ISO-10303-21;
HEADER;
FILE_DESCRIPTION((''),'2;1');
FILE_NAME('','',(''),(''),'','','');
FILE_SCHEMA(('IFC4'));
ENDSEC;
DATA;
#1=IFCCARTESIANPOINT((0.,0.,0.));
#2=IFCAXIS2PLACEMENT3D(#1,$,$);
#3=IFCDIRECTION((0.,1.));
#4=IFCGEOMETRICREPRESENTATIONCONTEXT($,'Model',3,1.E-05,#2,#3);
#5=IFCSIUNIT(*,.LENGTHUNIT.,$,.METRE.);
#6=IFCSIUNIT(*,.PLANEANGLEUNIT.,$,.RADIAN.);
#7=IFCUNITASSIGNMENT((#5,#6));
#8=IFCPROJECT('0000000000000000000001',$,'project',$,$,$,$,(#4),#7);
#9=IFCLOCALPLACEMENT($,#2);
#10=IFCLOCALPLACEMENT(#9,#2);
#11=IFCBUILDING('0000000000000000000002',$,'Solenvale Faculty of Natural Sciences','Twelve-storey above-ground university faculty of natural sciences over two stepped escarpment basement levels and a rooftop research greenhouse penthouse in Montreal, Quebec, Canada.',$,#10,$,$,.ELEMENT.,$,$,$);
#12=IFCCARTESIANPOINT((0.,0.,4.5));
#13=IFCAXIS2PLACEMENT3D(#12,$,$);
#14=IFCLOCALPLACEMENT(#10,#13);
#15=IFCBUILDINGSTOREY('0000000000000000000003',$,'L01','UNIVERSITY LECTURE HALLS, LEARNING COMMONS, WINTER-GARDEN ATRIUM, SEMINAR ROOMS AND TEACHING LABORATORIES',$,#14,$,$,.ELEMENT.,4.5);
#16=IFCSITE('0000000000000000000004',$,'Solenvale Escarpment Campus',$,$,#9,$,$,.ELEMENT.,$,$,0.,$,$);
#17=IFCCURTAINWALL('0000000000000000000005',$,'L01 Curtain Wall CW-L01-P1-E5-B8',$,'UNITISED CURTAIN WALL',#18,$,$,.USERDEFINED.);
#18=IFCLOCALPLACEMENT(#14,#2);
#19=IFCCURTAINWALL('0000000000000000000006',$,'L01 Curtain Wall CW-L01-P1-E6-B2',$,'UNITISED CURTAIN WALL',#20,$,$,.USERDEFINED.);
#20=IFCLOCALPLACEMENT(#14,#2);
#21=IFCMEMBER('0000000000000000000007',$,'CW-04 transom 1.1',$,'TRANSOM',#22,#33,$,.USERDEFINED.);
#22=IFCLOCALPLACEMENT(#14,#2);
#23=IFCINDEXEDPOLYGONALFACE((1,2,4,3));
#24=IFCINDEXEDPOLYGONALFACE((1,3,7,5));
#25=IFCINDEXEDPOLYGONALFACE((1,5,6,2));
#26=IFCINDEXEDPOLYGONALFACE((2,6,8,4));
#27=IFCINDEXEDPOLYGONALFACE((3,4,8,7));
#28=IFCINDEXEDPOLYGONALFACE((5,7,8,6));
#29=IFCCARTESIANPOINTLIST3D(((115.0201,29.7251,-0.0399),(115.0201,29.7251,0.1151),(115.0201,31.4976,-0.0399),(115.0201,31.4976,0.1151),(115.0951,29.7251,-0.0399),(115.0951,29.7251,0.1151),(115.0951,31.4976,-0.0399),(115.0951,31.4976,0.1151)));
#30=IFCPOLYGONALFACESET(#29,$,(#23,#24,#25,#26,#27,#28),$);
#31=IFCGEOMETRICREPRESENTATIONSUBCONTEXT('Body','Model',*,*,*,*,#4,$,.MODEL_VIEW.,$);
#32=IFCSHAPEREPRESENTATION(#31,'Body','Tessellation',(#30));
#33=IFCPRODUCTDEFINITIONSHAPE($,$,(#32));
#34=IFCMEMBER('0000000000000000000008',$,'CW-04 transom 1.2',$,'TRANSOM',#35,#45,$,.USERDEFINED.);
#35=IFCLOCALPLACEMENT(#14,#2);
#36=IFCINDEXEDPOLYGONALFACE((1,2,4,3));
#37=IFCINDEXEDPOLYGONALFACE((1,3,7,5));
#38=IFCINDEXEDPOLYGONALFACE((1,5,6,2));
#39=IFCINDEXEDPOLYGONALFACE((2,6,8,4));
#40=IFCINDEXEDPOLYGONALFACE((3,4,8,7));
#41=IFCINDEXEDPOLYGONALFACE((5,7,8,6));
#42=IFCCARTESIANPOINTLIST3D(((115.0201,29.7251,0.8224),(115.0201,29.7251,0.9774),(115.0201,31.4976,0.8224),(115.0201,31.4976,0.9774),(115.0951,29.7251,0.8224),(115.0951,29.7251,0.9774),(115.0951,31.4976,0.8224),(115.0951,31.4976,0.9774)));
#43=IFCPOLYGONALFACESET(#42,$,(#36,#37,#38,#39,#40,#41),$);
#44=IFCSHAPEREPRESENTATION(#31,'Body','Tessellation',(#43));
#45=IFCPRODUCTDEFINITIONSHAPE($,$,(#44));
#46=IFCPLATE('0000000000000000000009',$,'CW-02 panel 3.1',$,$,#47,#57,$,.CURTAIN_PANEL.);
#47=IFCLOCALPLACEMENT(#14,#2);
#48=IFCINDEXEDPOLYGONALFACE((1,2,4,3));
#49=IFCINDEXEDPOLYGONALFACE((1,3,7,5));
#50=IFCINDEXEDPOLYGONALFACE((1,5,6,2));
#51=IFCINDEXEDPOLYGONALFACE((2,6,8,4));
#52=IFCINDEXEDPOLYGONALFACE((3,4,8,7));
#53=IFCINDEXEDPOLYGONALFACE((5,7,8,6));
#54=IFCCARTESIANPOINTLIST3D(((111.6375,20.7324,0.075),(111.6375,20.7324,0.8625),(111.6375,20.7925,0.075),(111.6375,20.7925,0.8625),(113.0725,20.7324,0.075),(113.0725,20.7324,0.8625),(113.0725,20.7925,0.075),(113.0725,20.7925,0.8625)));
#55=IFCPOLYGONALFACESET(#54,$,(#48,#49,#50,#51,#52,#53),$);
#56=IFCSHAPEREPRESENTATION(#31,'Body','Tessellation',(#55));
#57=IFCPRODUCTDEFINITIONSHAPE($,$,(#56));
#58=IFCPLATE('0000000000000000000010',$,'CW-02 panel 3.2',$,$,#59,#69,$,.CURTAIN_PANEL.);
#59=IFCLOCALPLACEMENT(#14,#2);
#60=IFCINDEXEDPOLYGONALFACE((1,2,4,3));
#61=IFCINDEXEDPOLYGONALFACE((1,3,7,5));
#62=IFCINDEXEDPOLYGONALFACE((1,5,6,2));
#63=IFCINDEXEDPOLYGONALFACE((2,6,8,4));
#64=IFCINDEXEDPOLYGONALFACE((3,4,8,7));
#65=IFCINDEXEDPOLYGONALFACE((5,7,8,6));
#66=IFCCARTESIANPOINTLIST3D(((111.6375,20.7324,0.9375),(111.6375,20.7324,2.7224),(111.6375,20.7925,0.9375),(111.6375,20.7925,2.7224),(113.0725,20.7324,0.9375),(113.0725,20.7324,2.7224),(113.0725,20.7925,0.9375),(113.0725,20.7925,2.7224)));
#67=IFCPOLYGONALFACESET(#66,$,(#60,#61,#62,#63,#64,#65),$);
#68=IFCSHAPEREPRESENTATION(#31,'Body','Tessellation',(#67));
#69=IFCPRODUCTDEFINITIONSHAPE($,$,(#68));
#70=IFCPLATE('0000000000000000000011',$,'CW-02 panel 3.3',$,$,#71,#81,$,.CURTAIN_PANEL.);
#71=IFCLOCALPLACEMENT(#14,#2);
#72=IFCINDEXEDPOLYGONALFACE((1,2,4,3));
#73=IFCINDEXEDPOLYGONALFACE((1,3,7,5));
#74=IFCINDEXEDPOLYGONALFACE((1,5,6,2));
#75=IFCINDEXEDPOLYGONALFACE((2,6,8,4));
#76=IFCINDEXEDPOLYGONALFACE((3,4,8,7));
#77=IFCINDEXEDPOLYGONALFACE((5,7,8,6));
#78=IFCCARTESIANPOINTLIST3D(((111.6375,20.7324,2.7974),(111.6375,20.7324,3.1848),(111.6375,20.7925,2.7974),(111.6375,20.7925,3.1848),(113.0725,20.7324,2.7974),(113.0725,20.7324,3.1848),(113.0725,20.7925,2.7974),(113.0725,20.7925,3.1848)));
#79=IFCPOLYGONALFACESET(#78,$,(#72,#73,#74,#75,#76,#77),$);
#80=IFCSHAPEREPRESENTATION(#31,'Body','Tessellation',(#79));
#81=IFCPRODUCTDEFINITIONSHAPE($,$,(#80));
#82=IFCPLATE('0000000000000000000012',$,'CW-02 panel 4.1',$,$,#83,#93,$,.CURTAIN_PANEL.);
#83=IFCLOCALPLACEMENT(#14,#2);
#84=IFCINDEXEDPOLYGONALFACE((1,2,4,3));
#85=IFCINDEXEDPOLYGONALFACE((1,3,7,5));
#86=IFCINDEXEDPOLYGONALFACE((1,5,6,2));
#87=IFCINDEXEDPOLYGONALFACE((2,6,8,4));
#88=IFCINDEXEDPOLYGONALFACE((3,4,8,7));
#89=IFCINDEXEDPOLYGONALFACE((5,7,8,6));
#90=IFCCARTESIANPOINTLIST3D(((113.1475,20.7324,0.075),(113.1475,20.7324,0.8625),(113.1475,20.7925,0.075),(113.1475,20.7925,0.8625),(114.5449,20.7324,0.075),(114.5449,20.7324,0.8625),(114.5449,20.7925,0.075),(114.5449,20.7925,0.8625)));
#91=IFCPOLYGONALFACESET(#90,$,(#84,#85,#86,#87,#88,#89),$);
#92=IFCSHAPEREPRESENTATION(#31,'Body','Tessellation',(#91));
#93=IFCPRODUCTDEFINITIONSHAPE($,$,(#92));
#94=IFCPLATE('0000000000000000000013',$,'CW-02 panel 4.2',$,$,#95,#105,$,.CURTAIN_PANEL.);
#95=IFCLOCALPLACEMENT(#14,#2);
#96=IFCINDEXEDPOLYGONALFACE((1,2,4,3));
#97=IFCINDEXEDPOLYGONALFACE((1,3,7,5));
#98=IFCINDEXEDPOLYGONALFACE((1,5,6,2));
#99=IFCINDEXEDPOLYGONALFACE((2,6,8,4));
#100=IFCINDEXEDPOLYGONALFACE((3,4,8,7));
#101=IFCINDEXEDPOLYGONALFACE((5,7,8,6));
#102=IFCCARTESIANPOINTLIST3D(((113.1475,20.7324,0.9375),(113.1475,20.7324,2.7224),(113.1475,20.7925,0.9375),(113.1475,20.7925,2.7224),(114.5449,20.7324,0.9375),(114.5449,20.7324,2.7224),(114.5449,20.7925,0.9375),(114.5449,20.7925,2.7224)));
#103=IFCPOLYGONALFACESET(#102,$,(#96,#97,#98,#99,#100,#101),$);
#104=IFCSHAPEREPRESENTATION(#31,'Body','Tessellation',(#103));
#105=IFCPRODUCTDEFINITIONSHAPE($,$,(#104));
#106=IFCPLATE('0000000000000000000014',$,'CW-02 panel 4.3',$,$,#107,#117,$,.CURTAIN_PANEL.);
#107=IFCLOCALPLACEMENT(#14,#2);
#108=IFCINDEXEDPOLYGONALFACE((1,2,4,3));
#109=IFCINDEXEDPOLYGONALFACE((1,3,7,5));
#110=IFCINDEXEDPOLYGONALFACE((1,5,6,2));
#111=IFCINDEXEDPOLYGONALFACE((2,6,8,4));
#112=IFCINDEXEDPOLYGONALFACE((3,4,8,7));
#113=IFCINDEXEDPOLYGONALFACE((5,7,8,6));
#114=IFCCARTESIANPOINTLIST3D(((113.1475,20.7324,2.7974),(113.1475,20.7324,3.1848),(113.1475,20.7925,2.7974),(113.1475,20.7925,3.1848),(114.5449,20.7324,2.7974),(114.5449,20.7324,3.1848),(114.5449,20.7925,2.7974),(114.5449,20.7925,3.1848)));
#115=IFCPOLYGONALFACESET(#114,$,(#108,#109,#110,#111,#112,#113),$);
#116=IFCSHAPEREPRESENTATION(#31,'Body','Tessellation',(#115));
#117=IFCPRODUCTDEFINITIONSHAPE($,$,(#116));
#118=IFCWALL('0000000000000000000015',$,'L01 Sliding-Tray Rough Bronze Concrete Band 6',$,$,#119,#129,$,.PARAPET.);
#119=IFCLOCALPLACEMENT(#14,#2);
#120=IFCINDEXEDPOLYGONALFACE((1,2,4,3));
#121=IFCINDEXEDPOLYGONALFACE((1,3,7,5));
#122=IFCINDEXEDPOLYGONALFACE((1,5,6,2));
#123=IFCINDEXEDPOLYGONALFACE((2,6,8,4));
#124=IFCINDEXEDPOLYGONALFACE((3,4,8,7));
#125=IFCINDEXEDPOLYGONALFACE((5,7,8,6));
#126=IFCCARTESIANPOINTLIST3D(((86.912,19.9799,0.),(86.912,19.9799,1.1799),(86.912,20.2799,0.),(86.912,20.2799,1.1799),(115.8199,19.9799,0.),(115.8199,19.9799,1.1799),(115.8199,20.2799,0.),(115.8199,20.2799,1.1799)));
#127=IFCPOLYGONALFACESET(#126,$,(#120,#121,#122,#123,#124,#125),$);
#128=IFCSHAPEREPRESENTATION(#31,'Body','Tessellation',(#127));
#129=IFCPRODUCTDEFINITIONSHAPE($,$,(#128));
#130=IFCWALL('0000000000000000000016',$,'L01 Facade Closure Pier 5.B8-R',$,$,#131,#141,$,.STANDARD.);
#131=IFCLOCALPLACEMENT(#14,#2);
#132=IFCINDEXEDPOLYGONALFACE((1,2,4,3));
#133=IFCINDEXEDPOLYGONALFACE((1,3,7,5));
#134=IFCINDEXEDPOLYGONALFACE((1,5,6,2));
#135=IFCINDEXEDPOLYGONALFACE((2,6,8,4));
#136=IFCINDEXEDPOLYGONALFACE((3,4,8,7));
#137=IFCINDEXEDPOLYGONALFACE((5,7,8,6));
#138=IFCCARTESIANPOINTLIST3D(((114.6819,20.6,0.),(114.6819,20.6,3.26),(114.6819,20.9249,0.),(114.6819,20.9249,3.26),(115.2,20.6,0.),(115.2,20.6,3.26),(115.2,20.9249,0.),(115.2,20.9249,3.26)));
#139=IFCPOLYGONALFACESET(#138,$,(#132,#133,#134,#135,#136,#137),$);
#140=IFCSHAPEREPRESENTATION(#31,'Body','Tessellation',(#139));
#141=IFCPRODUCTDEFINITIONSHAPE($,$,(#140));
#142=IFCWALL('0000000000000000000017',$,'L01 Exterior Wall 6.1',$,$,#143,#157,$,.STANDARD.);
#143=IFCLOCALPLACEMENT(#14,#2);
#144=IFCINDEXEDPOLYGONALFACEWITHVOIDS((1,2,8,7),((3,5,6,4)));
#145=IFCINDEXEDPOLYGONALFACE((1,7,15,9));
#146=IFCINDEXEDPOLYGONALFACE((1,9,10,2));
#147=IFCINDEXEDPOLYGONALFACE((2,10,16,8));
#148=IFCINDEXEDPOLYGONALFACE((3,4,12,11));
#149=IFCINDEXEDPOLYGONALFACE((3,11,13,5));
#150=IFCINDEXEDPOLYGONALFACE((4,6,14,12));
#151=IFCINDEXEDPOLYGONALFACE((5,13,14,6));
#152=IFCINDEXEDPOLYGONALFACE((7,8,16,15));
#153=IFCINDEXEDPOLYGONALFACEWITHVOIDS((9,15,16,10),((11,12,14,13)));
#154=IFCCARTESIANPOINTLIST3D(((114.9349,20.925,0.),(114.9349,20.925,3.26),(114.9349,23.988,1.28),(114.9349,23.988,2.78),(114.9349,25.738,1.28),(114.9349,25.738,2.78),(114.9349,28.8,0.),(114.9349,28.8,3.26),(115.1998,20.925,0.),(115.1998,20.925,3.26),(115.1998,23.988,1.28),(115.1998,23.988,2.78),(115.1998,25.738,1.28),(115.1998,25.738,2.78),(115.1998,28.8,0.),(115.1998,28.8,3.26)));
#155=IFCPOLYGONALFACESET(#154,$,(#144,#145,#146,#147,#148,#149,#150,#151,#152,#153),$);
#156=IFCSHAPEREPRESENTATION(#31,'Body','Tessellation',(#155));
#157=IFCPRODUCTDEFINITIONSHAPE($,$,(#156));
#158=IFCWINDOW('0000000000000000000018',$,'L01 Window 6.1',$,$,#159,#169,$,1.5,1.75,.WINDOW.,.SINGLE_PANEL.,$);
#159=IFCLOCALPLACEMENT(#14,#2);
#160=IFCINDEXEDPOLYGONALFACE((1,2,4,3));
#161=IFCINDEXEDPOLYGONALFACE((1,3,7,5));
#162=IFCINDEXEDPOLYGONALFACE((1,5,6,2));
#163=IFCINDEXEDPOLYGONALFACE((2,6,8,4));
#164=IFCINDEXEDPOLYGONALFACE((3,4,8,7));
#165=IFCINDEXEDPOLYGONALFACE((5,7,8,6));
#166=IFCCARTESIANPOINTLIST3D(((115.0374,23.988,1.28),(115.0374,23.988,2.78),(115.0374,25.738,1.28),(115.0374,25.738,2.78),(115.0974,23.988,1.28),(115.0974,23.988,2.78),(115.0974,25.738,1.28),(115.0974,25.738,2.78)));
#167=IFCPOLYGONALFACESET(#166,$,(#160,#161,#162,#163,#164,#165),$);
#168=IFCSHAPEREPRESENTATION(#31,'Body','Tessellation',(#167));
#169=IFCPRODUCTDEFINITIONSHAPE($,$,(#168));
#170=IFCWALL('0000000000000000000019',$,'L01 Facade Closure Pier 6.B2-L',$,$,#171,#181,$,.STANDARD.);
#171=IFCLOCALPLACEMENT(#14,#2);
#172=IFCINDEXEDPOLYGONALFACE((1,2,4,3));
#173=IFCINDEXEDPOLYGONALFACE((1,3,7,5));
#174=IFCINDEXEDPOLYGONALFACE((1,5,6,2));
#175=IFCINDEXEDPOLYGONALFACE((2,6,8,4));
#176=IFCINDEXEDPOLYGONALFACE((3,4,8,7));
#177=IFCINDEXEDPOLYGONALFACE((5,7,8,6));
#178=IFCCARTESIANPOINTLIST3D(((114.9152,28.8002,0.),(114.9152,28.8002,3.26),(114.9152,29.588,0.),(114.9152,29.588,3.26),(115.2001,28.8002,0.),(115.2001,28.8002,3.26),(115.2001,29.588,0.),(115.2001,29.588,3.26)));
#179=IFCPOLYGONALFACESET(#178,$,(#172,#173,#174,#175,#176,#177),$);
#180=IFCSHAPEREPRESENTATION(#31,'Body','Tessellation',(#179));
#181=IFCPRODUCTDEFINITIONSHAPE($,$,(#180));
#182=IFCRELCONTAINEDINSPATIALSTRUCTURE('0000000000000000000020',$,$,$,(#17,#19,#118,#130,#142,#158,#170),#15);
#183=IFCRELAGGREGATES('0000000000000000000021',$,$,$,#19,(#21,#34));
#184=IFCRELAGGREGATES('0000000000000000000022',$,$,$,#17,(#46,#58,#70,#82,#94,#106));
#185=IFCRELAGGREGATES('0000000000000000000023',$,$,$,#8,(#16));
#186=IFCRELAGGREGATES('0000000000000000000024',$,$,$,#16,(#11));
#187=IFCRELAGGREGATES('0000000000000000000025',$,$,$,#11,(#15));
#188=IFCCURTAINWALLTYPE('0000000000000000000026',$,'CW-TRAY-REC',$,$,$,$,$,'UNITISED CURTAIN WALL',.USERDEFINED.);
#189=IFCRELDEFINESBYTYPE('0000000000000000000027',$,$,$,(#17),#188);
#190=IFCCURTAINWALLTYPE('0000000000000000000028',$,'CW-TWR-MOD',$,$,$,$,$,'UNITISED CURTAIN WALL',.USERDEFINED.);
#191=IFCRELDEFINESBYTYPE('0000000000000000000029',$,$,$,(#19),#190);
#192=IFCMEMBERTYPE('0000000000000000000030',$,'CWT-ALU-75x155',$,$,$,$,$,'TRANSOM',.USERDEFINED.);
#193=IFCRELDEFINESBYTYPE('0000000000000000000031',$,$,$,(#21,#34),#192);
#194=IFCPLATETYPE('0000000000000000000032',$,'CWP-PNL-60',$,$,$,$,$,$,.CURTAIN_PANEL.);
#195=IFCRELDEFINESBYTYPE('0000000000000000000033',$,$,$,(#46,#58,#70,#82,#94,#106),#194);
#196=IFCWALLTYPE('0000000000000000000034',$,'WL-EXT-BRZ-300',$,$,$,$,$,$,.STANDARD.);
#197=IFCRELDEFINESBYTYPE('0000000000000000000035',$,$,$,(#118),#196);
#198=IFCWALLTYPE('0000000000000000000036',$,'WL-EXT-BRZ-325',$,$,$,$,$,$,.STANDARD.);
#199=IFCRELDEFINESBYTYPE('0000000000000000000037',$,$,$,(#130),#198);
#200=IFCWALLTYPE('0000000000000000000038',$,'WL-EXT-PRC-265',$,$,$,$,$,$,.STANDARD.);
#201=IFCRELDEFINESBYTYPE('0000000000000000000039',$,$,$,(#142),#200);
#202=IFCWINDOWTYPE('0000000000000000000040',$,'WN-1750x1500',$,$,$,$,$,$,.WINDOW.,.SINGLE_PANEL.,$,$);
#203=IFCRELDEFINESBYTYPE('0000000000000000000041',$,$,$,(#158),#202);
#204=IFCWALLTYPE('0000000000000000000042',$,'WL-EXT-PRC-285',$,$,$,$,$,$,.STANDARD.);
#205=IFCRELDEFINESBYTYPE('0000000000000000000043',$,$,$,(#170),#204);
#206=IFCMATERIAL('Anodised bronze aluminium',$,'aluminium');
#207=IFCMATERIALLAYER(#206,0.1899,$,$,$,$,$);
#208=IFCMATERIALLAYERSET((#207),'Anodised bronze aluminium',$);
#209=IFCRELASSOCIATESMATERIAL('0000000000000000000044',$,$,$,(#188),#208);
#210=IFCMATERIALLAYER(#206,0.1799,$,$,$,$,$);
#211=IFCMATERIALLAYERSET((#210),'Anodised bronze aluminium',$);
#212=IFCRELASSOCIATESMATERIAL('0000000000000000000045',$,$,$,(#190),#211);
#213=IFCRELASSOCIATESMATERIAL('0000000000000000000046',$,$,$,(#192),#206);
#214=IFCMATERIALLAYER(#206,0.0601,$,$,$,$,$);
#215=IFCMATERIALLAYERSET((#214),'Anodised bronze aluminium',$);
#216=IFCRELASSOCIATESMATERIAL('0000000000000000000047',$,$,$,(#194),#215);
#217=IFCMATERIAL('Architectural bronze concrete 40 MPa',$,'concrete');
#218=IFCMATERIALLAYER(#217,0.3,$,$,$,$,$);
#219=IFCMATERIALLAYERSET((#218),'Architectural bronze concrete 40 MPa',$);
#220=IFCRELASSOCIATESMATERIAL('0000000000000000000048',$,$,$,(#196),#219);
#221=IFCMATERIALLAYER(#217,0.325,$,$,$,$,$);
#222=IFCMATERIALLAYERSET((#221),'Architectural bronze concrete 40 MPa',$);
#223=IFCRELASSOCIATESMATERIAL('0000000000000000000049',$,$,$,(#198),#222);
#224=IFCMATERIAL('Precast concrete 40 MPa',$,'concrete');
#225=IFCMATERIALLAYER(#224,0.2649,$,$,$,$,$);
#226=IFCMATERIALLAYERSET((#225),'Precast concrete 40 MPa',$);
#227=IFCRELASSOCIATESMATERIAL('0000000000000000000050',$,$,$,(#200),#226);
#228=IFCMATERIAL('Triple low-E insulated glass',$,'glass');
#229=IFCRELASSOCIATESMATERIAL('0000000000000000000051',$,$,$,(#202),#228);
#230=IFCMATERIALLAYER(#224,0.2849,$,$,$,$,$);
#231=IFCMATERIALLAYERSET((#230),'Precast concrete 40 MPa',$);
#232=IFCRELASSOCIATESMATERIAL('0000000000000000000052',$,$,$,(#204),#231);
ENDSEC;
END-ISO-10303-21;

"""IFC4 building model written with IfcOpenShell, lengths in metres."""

from ifc_helpers import new_model, si_unit, direction, frame, frame_2d, origin, origin_2d, place, context, subcontext, project, spatial, rectangle, extrude, material, layer, layer_set, material_profile, profile_set, type_object, element, fill, aggregate, save


model = new_model("IFC4")

# Units and contexts
model_context = context("Model", 3, precision=1e-05, world=origin(), true_north=direction((0.0, 1.0)))
body_context = subcontext(model_context, "Body", "Model", "MODEL_VIEW")
ifc_project = project(units=[si_unit("LENGTHUNIT", "METRE"), si_unit("PLANEANGLEUNIT", "RADIAN")], contexts=[model_context])

# Site, building, storey
site_placement = place(None, origin())
site = spatial("IfcSite", under=ifc_project, at=site_placement, Name="Solenvale Escarpment Campus", CompositionType="ELEMENT", RefElevation=0.0)
building_placement = place(site_placement, origin())
building = spatial("IfcBuilding", under=site, at=building_placement, Name="Solenvale Faculty of Natural Sciences", Description="Twelve-storey above-ground university faculty of natural sciences over two stepped escarpment basement levels and a rooftop research greenhouse penthouse in Montreal, Quebec, Canada.", CompositionType="ELEMENT")
storey_placement = place(building_placement, frame((0.0, 0.0, 4.5)))
storey = spatial("IfcBuildingStorey", under=building, at=storey_placement, Name="L01", Description="UNIVERSITY LECTURE HALLS, LEARNING COMMONS, WINTER-GARDEN ATRIUM, SEMINAR ROOMS AND TEACHING LABORATORIES", CompositionType="ELEMENT", Elevation=4.5)

# Curtain wall
ifc_material_1 = material(Name="Anodised bronze aluminium", Category="aluminium")
ifc_layer_1 = layer(ifc_material_1, 0.1899)
ifc_layer_set_1 = layer_set([ifc_layer_1], Name="Anodised bronze aluminium")
curtain_wall_type_1 = type_object("IfcCurtainWallType", Name="CW-TRAY-REC", ElementType="UNITISED CURTAIN WALL", PredefinedType="USERDEFINED", material=ifc_layer_set_1)
curtain_wall_1_placement = place(storey_placement, origin())
curtain_wall_1 = element("IfcCurtainWall", 1, at=curtain_wall_1_placement, inside=storey, type_object=curtain_wall_type_1, Name="L01 Curtain Wall CW-L01-P1-E5-B8", ObjectType="UNITISED CURTAIN WALL", PredefinedType="USERDEFINED")

# Curtain wall
ifc_layer_2 = layer(ifc_material_1, 0.1799)
ifc_layer_set_2 = layer_set([ifc_layer_2], Name="Anodised bronze aluminium")
curtain_wall_type_2 = type_object("IfcCurtainWallType", Name="CW-TWR-MOD", ElementType="UNITISED CURTAIN WALL", PredefinedType="USERDEFINED", material=ifc_layer_set_2)
curtain_wall_2_placement = place(storey_placement, origin())
curtain_wall_2 = element("IfcCurtainWall", 2, at=curtain_wall_2_placement, inside=storey, type_object=curtain_wall_type_2, Name="L01 Curtain Wall CW-L01-P1-E6-B2", ObjectType="UNITISED CURTAIN WALL", PredefinedType="USERDEFINED")

# Members
ifc_material_profile_1 = material_profile(ifc_material_1, rectangle(XDim=0.075, YDim=0.155, at=origin_2d()), Name="ALU-TRN-75x155")
ifc_profile_set_1 = profile_set([ifc_material_profile_1], Name="Anodised bronze aluminium")
member_type_1 = type_object("IfcMemberType", Name="CWT-ALU-75x155", ElementType="TRANSOM", PredefinedType="USERDEFINED", material=ifc_profile_set_1)
member_1_placement = place(storey_placement, frame((115.0576, 29.7251, 0.0376), z_axis=(0.0, 1.0, 0.0), x_axis=(-1.0, 0.0, 0.0)))
member_1 = element("IfcMember", 3, at=member_1_placement, type_object=member_type_1, Name="CW-04 transom 1.1", ObjectType="TRANSOM", PredefinedType="USERDEFINED", context=body_context, shape_type="SweptSolid", body=[
    extrude(rectangle(XDim=0.075, YDim=0.155, at=origin_2d()), origin(), (0.0, 0.0, 1.0), 1.7725),
])
member_2_placement = place(storey_placement, frame((115.0576, 29.7251, 0.8999), z_axis=(0.0, 1.0, 0.0), x_axis=(-1.0, 0.0, 0.0)))
member_2 = element("IfcMember", 4, at=member_2_placement, type_object=member_type_1, Name="CW-04 transom 1.2", ObjectType="TRANSOM", PredefinedType="USERDEFINED", context=body_context, shape_type="SweptSolid", body=[
    extrude(rectangle(XDim=0.075, YDim=0.155, at=origin_2d()), origin(), (0.0, 0.0, 1.0), 1.7725),
])
aggregate(curtain_wall_2, [member_1, member_2])

# Plates
ifc_layer_3 = layer(ifc_material_1, 0.0601)
ifc_layer_set_3 = layer_set([ifc_layer_3], Name="Anodised bronze aluminium")
plate_type = type_object("IfcPlateType", Name="CWP-PNL-60", PredefinedType="CURTAIN_PANEL", material=ifc_layer_set_3)
plate_1_placement = place(storey_placement, frame((112.355, 20.7625, 0.075), z_axis=(0.0, 0.0, 1.0), x_axis=(1.0, 0.0, 0.0)))
plate_1 = element("IfcPlate", 5, at=plate_1_placement, type_object=plate_type, Name="CW-02 panel 3.1", PredefinedType="CURTAIN_PANEL", context=body_context, shape_type="SweptSolid", body=[
    extrude(rectangle(XDim=1.4351, YDim=0.0601, at=origin_2d()), origin(), (0.0, 0.0, 1.0), 0.7876),
])
plate_2_placement = place(storey_placement, frame((112.355, 20.7625, 0.9375), z_axis=(0.0, 0.0, 1.0), x_axis=(1.0, 0.0, 0.0)))
plate_2 = element("IfcPlate", 6, at=plate_2_placement, type_object=plate_type, Name="CW-02 panel 3.2", PredefinedType="CURTAIN_PANEL", context=body_context, shape_type="SweptSolid", body=[
    extrude(rectangle(XDim=1.4351, YDim=0.0601, at=origin_2d()), origin(), (0.0, 0.0, 1.0), 1.7849),
])
plate_3_placement = place(storey_placement, frame((112.355, 20.7625, 2.7974), z_axis=(0.0, 0.0, 1.0), x_axis=(1.0, 0.0, 0.0)))
plate_3 = element("IfcPlate", 7, at=plate_3_placement, type_object=plate_type, Name="CW-02 panel 3.3", PredefinedType="CURTAIN_PANEL", context=body_context, shape_type="SweptSolid", body=[
    extrude(rectangle(XDim=1.4351, YDim=0.0601, at=origin_2d()), origin(), (0.0, 0.0, 1.0), 0.3875),
])
plate_4_placement = place(storey_placement, frame((113.8462, 20.7625, 0.075), z_axis=(0.0, 0.0, 1.0), x_axis=(1.0, 0.0, 0.0)))
plate_4 = element("IfcPlate", 8, at=plate_4_placement, type_object=plate_type, Name="CW-02 panel 4.1", PredefinedType="CURTAIN_PANEL", context=body_context, shape_type="SweptSolid", body=[
    extrude(rectangle(XDim=1.3975, YDim=0.0601, at=origin_2d()), origin(), (0.0, 0.0, 1.0), 0.7876),
])
plate_5_placement = place(storey_placement, frame((113.8462, 20.7625, 0.9375), z_axis=(0.0, 0.0, 1.0), x_axis=(1.0, 0.0, 0.0)))
plate_5 = element("IfcPlate", 9, at=plate_5_placement, type_object=plate_type, Name="CW-02 panel 4.2", PredefinedType="CURTAIN_PANEL", context=body_context, shape_type="SweptSolid", body=[
    extrude(rectangle(XDim=1.3975, YDim=0.0601, at=origin_2d()), origin(), (0.0, 0.0, 1.0), 1.7849),
])
plate_6_placement = place(storey_placement, frame((113.8462, 20.7625, 2.7974), z_axis=(0.0, 0.0, 1.0), x_axis=(1.0, 0.0, 0.0)))
plate_6 = element("IfcPlate", 10, at=plate_6_placement, type_object=plate_type, Name="CW-02 panel 4.3", PredefinedType="CURTAIN_PANEL", context=body_context, shape_type="SweptSolid", body=[
    extrude(rectangle(XDim=1.3975, YDim=0.0601, at=origin_2d()), origin(), (0.0, 0.0, 1.0), 0.3875),
])
aggregate(curtain_wall_1, [plate_1, plate_2, plate_3, plate_4, plate_5, plate_6])

# Walls
ifc_material_2 = material(Name="Architectural bronze concrete 40 MPa", Category="concrete")
ifc_layer_4 = layer(ifc_material_2, 0.3)
ifc_layer_set_4 = layer_set([ifc_layer_4], Name="Architectural bronze concrete 40 MPa")
wall_type_1 = type_object("IfcWallType", Name="WL-EXT-BRZ-300", PredefinedType="STANDARD", material=ifc_layer_set_4)
wall_1_placement = place(storey_placement, frame((115.8201, 20.1299, 0.0), z_axis=(0.0, 0.0, 1.0), x_axis=(-1.0, 0.0, 0.0)))
element("IfcWall", 11, at=wall_1_placement, inside=storey, type_object=wall_type_1, Name="L01 Sliding-Tray Rough Bronze Concrete Band 6", PredefinedType="PARAPET", context=body_context, shape_type="SweptSolid", body=[
    extrude(rectangle(XDim=28.908, YDim=0.3, at=frame_2d((14.4541, 0.0))), origin(), (0.0, 0.0, 1.0), 1.1799),
])
ifc_layer_5 = layer(ifc_material_2, 0.325)
ifc_layer_set_5 = layer_set([ifc_layer_5], Name="Architectural bronze concrete 40 MPa")
wall_type_2 = type_object("IfcWallType", Name="WL-EXT-BRZ-325", PredefinedType="STANDARD", material=ifc_layer_set_5)
wall_2_placement = place(storey_placement, frame((114.6819, 20.7625, 0.0), z_axis=(0.0, 0.0, 1.0), x_axis=(1.0, 0.0, 0.0)))
element("IfcWall", 12, at=wall_2_placement, inside=storey, type_object=wall_type_2, Name="L01 Facade Closure Pier 5.B8-R", PredefinedType="STANDARD", context=body_context, shape_type="SweptSolid", body=[
    extrude(rectangle(XDim=0.5181, YDim=0.325, at=frame_2d((0.259, 0.0))), origin(), (0.0, 0.0, 1.0), 3.26),
])

# Wall, opening, window
ifc_material_3 = material(Name="Precast concrete 40 MPa", Category="concrete")
ifc_layer_6 = layer(ifc_material_3, 0.2649)
ifc_layer_set_6 = layer_set([ifc_layer_6], Name="Precast concrete 40 MPa")
wall_type_3 = type_object("IfcWallType", Name="WL-EXT-PRC-265", PredefinedType="STANDARD", material=ifc_layer_set_6)
wall_3_placement = place(storey_placement, frame((115.0674, 28.8, 0.0), z_axis=(0.0, 0.0, 1.0), x_axis=(0.0, -1.0, 0.0)))
wall_3 = element("IfcWall", 13, at=wall_3_placement, inside=storey, type_object=wall_type_3, Name="L01 Exterior Wall 6.1", PredefinedType="STANDARD", context=body_context, shape_type="SweptSolid", body=[
    extrude(rectangle(XDim=7.875, YDim=0.2649, at=frame_2d((3.9375, 0.0))), origin(), (0.0, 0.0, 1.0), 3.26),
])
opening_placement = place(wall_3_placement, frame((3.062, 0.0, 1.28)))
opening = element("IfcOpeningElement", 14, at=opening_placement, cuts=wall_3, PredefinedType="OPENING", context=body_context, shape_type="SweptSolid", body=[
    extrude(rectangle(XDim=1.75, YDim=1.5, at=frame_2d((0.875, 0.75))), frame((0.0, 0.1423, 0.0), z_axis=(0.0, -1.0, 0.0), x_axis=(1.0, 0.0, 0.0)), (0.0, 0.0, 1.0), 0.2849),
])
ifc_material_4 = material(Name="Triple low-E insulated glass", Category="glass")
window_type = type_object("IfcWindowType", Name="WN-1750x1500", PartitioningType="SINGLE_PANEL", PredefinedType="WINDOW", material=ifc_material_4)
window_placement = place(opening_placement, origin())
window = element("IfcWindow", 15, at=window_placement, inside=storey, type_object=window_type, Name="L01 Window 6.1", OverallHeight=1.5, OverallWidth=1.75, PartitioningType="SINGLE_PANEL", PredefinedType="WINDOW", context=body_context, shape_type="SweptSolid", body=[
    extrude(rectangle(XDim=1.75, YDim=1.5, at=frame_2d((0.875, 0.75))), frame((0.0, 0.03, 0.0), z_axis=(0.0, -1.0, 0.0), x_axis=(1.0, 0.0, 0.0)), (0.0, 0.0, 1.0), 0.0601),
])
fill(opening, window)

# Wall
ifc_layer_7 = layer(ifc_material_3, 0.2849)
ifc_layer_set_7 = layer_set([ifc_layer_7], Name="Precast concrete 40 MPa")
wall_type_4 = type_object("IfcWallType", Name="WL-EXT-PRC-285", PredefinedType="STANDARD", material=ifc_layer_set_7)
wall_4_placement = place(storey_placement, frame((115.0576, 28.8, 0.0), z_axis=(0.0, 0.0, 1.0), x_axis=(0.0, 1.0, 0.0)))
element("IfcWall", 16, at=wall_4_placement, inside=storey, type_object=wall_type_4, Name="L01 Facade Closure Pier 6.B2-L", PredefinedType="STANDARD", context=body_context, shape_type="SweptSolid", body=[
    extrude(rectangle(XDim=0.7878, YDim=0.2849, at=frame_2d((0.394, 0.0))), origin(), (0.0, 0.0, 1.0), 3.26),
])

save(model, "model.ifc")
